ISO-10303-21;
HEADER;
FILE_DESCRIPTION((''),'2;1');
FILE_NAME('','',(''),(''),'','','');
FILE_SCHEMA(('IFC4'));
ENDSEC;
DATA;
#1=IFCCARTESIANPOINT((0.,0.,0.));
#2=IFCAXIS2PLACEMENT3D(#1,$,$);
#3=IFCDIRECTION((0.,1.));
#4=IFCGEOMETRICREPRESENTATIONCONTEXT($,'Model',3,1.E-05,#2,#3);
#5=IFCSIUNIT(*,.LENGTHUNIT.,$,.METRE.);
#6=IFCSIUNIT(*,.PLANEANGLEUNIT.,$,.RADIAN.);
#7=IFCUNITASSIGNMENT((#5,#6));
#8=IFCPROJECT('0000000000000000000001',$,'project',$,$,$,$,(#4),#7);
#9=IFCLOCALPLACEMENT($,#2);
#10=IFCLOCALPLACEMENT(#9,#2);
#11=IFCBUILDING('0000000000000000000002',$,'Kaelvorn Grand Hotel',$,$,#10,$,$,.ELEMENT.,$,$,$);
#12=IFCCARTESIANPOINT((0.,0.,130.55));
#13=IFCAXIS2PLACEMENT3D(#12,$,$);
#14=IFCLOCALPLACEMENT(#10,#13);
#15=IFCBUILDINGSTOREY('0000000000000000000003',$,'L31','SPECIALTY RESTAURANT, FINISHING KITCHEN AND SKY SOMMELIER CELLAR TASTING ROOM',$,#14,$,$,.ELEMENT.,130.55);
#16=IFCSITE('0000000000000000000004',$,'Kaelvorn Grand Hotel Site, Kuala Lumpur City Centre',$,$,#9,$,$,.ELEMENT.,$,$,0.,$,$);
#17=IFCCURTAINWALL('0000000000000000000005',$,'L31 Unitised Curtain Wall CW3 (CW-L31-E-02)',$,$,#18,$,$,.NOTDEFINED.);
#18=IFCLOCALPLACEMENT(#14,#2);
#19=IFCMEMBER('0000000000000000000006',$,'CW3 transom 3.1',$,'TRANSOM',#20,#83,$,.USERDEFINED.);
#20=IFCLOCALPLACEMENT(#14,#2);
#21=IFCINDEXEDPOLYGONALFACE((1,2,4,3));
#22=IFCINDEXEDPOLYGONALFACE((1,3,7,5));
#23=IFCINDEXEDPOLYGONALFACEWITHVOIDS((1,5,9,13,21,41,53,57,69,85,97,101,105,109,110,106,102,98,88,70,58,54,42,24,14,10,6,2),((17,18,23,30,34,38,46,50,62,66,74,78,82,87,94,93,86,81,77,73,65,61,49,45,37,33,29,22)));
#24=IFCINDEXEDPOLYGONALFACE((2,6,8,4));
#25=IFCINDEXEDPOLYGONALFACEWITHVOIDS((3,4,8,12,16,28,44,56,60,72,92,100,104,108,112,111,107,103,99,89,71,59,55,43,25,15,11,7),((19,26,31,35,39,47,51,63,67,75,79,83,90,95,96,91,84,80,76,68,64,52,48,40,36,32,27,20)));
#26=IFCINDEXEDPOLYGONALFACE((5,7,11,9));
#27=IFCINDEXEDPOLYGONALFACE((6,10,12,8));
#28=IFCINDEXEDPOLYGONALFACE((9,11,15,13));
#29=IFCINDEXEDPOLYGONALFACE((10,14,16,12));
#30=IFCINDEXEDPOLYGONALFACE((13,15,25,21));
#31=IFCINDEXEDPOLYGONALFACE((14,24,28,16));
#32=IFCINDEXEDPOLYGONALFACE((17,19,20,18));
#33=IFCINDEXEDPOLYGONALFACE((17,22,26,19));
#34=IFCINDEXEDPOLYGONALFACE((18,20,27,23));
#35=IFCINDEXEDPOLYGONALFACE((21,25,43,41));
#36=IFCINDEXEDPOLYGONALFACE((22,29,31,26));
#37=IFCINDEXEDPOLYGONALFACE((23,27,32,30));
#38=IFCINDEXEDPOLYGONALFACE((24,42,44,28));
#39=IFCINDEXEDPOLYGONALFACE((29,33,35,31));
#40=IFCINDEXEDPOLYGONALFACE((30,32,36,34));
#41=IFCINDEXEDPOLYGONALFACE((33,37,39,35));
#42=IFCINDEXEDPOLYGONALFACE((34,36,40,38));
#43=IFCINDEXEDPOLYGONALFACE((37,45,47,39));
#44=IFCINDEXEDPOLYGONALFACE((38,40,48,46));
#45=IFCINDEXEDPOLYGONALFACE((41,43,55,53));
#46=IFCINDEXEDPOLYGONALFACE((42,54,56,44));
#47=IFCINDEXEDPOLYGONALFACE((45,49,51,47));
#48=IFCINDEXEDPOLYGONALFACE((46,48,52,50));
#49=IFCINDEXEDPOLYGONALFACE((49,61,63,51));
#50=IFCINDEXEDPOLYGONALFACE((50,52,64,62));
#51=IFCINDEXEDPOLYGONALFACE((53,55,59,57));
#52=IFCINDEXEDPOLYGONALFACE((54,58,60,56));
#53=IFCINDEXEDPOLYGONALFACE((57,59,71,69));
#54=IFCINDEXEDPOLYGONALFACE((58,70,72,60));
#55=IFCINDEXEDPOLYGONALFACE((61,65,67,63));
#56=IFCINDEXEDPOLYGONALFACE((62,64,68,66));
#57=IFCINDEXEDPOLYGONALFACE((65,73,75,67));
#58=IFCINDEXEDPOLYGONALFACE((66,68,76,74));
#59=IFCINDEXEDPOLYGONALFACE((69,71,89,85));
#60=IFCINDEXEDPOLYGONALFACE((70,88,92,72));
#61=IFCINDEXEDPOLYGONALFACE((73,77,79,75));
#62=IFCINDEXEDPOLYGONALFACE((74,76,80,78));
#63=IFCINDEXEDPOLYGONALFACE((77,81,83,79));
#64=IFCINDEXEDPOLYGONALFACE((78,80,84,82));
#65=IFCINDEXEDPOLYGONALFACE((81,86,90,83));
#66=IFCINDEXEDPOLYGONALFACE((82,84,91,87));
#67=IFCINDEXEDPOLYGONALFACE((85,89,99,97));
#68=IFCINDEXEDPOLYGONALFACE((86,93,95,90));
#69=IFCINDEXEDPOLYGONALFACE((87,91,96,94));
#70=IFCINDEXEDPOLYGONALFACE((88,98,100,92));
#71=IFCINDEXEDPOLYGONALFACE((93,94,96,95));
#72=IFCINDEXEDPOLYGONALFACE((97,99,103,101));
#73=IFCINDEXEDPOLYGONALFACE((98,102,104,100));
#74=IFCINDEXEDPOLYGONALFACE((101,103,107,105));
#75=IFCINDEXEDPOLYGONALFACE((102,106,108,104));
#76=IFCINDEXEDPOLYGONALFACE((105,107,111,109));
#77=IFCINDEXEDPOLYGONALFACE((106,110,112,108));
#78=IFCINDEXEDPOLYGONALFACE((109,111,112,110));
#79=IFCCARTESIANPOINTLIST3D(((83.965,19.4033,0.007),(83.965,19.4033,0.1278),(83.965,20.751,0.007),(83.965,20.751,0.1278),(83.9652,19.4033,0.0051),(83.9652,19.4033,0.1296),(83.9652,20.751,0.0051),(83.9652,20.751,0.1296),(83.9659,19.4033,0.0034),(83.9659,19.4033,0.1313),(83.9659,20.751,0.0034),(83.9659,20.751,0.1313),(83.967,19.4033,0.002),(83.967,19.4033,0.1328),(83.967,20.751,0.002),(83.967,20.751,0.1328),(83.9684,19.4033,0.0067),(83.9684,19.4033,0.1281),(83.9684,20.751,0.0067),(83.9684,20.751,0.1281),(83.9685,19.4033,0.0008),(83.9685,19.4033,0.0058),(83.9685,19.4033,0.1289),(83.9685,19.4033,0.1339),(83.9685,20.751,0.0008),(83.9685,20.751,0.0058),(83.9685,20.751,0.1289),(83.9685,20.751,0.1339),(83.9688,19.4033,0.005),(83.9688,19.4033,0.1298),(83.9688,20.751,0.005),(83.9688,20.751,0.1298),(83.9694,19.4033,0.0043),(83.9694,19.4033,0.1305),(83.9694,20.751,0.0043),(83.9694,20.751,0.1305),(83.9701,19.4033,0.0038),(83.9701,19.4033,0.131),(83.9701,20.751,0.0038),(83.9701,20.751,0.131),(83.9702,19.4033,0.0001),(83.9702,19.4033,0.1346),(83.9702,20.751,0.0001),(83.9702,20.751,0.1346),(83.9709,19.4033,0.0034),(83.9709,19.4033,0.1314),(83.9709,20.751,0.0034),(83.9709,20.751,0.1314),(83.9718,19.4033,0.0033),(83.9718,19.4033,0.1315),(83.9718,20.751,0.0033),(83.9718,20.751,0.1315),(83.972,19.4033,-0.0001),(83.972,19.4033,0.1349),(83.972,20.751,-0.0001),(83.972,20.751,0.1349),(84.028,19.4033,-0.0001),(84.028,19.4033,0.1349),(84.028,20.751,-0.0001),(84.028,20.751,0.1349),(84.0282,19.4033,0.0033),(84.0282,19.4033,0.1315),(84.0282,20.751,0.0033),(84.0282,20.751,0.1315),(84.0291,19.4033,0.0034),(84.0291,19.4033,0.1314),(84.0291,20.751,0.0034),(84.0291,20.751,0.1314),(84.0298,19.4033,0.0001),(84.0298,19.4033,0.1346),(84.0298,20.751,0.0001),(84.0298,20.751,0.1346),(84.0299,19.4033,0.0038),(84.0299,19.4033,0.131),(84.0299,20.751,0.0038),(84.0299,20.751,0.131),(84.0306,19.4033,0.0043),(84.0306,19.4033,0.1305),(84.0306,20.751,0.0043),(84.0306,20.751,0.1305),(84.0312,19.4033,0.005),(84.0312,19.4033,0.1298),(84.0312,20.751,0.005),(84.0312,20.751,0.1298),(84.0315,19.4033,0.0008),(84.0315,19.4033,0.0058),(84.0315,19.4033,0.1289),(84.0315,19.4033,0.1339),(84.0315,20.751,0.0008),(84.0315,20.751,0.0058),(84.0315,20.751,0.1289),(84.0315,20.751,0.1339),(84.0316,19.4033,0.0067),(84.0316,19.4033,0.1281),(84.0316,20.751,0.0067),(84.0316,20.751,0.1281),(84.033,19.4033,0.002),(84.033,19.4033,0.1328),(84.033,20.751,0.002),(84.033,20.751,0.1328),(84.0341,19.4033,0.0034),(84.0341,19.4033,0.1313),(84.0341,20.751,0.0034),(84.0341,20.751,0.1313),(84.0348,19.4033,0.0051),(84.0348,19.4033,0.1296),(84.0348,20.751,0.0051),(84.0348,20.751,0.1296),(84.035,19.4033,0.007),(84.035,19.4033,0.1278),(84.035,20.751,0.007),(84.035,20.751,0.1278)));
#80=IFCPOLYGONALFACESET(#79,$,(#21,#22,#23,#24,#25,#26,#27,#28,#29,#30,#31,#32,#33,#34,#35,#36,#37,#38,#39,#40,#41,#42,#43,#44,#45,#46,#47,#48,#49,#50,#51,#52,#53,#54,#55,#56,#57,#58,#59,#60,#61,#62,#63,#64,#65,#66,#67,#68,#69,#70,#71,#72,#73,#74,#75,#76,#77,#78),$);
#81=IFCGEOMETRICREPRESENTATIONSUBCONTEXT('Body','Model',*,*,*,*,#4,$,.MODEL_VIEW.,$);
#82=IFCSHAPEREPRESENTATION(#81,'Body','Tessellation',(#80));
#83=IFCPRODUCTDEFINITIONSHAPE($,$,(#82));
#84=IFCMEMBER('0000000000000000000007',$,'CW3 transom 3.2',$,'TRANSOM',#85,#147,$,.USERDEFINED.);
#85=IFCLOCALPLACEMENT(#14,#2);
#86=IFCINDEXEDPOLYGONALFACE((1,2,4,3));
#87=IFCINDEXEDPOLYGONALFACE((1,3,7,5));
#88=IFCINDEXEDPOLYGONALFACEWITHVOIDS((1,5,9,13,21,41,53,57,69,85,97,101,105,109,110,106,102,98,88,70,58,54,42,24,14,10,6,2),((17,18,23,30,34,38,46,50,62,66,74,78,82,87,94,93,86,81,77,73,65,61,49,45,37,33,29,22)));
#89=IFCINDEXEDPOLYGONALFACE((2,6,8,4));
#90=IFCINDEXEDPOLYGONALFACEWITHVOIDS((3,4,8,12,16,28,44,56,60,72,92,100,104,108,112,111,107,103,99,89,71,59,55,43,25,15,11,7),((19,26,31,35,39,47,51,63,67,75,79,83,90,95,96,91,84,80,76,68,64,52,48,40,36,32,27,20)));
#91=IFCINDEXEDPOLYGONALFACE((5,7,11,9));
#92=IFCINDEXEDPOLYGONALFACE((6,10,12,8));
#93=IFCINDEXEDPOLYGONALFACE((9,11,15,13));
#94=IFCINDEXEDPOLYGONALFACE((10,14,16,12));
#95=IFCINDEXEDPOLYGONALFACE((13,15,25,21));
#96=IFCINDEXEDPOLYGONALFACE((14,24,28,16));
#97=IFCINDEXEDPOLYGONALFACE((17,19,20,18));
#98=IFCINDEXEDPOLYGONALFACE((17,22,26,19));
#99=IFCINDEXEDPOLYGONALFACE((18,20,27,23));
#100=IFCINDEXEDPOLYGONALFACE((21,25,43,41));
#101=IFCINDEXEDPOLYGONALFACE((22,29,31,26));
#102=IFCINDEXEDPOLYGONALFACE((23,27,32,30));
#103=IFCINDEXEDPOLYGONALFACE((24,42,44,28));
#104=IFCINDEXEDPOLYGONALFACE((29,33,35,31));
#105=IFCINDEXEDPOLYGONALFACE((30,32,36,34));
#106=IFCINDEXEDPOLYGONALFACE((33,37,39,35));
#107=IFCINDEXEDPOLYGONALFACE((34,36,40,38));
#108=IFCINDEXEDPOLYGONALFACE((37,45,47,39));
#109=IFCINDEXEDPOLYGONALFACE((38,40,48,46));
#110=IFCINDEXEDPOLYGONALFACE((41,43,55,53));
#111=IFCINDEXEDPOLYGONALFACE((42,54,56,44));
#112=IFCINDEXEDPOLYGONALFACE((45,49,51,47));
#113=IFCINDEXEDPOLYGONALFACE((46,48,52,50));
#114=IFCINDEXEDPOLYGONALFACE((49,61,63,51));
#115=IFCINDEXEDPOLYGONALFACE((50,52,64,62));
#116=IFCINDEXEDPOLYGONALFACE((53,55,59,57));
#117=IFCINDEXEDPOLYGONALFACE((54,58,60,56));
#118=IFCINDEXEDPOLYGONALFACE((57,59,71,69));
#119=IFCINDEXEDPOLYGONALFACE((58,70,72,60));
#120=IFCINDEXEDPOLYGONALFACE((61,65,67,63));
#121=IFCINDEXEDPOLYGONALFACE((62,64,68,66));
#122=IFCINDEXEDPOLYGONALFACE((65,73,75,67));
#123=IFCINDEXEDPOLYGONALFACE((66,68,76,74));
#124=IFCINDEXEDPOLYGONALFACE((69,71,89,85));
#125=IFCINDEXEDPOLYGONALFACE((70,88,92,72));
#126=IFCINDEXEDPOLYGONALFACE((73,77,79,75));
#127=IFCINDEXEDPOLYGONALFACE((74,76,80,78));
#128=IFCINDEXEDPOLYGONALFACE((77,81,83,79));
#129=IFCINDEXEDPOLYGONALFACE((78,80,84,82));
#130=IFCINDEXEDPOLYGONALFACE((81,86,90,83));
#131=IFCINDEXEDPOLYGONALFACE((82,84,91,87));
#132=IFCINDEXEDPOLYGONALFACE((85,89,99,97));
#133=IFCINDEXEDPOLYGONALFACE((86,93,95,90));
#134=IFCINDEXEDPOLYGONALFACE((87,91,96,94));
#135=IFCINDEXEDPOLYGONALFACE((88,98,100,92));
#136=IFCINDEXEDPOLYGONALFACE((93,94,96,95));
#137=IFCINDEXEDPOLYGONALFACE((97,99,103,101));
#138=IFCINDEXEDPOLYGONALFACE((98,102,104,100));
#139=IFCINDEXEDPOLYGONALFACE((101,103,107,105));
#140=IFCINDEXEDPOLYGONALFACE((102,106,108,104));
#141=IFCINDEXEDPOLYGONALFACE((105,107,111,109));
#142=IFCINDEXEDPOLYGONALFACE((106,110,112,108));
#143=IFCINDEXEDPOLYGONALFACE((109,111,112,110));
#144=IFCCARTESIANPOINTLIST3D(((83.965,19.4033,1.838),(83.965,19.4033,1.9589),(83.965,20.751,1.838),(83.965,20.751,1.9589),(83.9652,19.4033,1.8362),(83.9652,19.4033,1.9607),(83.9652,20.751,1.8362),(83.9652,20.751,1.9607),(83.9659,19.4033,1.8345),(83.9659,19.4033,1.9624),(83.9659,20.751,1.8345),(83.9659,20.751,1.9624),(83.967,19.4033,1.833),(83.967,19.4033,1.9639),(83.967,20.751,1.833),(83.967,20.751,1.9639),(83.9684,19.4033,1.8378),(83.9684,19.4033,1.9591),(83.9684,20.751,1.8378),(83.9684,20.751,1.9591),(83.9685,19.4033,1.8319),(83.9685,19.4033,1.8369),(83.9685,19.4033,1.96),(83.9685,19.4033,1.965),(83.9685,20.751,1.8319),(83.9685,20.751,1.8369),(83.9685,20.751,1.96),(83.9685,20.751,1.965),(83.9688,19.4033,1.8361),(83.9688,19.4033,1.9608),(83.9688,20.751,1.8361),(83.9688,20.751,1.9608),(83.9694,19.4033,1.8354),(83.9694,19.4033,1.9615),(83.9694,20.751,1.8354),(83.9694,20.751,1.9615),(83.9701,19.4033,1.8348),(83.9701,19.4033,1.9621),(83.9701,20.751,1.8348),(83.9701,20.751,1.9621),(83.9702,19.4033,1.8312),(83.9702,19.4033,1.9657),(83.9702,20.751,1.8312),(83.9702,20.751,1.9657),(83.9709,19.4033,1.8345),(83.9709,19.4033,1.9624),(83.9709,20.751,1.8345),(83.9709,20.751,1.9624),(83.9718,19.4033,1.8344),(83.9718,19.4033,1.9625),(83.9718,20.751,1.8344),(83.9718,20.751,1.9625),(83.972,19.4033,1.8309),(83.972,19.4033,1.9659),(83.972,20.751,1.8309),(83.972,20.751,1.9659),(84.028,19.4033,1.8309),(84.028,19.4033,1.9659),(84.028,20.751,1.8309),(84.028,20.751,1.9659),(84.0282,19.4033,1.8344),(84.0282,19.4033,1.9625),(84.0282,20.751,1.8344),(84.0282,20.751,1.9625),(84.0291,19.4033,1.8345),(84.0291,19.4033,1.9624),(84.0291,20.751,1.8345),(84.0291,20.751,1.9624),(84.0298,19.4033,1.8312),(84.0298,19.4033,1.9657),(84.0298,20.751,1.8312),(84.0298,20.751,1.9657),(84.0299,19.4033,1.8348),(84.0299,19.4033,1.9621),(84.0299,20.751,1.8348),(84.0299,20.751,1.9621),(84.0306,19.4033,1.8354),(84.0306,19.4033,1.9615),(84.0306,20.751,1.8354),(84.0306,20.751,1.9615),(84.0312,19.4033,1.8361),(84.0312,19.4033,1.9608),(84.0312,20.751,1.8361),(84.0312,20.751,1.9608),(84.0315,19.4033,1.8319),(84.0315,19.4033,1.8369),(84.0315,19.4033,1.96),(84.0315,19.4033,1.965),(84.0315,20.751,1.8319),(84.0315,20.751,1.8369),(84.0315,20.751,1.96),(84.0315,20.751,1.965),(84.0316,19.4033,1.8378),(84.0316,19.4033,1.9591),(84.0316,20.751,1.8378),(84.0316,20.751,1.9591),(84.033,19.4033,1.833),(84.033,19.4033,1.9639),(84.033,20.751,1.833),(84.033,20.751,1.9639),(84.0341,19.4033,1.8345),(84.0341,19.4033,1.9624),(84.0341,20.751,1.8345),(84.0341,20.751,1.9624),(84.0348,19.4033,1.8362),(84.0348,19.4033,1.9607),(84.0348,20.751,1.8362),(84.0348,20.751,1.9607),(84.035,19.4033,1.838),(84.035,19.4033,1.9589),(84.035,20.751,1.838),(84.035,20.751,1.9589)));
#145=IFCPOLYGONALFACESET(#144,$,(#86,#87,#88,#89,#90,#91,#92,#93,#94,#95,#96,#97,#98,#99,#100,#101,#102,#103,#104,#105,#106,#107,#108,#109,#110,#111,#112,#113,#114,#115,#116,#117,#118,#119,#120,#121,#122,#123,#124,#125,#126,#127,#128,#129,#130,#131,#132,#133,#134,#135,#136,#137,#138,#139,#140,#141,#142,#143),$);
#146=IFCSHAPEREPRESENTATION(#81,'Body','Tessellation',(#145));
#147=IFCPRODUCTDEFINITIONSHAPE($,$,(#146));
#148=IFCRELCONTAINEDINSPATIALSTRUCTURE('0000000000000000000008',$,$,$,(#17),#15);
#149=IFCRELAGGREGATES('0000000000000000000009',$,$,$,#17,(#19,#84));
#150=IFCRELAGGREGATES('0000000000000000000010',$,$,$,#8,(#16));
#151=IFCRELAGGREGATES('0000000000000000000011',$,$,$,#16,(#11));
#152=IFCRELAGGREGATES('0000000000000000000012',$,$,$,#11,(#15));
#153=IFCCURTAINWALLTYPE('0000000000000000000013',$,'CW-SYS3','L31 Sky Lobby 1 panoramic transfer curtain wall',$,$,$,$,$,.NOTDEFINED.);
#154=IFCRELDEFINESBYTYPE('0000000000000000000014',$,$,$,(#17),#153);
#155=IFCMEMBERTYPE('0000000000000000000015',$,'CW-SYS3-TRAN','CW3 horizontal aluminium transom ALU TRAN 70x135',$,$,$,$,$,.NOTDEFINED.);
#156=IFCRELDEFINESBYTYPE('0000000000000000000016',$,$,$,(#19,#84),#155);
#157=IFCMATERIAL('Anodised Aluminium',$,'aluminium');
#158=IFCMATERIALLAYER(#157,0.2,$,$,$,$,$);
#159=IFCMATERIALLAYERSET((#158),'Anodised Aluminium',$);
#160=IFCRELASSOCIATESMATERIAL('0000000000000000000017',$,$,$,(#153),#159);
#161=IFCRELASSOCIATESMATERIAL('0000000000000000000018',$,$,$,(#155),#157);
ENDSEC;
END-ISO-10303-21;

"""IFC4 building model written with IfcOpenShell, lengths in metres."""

from ifc_helpers import new_model, si_unit, direction, frame, origin, origin_2d, place, context, subcontext, project, spatial, hollow_rectangle, extrude, material, layer, layer_set, material_profile, profile_set, type_object, element, aggregate, save


model = new_model("IFC4")

# Units and contexts
model_context = context("Model", 3, precision=1e-05, world=origin(), true_north=direction((0.0, 1.0)))
body_context = subcontext(model_context, "Body", "Model", "MODEL_VIEW")
ifc_project = project(units=[si_unit("LENGTHUNIT", "METRE"), si_unit("PLANEANGLEUNIT", "RADIAN")], contexts=[model_context])

# Site, building, storey
site_placement = place(None, origin())
site = spatial("IfcSite", under=ifc_project, at=site_placement, Name="Kaelvorn Grand Hotel Site, Kuala Lumpur City Centre", CompositionType="ELEMENT", RefElevation=0.0)
building_placement = place(site_placement, origin())
building = spatial("IfcBuilding", under=site, at=building_placement, Name="Kaelvorn Grand Hotel", CompositionType="ELEMENT")
storey_placement = place(building_placement, frame((0.0, 0.0, 130.55)))
storey = spatial("IfcBuildingStorey", under=building, at=storey_placement, Name="L31", Description="SPECIALTY RESTAURANT, FINISHING KITCHEN AND SKY SOMMELIER CELLAR TASTING ROOM", CompositionType="ELEMENT", Elevation=130.55)

# Shared definitions
ifc_material_1 = material(Name="Anodised Aluminium", Category="aluminium")
ifc_layer_1 = layer(ifc_material_1, 0.2)
ifc_layer_set_1 = layer_set([ifc_layer_1], Name="Anodised Aluminium")
curtain_wall_type = type_object("IfcCurtainWallType", Name="CW-SYS3", Description="L31 Sky Lobby 1 panoramic transfer curtain wall", PredefinedType="NOTDEFINED", material=ifc_layer_set_1)

# Curtain wall, members
curtain_wall_1_placement = place(storey_placement, origin())
curtain_wall_1 = element("IfcCurtainWall", 1, at=curtain_wall_1_placement, inside=storey, type_object=curtain_wall_type, Name="L31 Unitised Curtain Wall CW3 (CW-L31-E-02)", PredefinedType="NOTDEFINED")
ifc_material_profile_1 = material_profile(ifc_material_1, hollow_rectangle(XDim=0.0701, YDim=0.135, WallThickness=0.0034, InnerFilletRadius=0.0034, OuterFilletRadius=0.0071, at=origin_2d()), Name="ALU TRAN 70x135")
ifc_profile_set_1 = profile_set([ifc_material_profile_1], Name="Anodised Aluminium")
member_type_1 = type_object("IfcMemberType", Name="CW-SYS3-TRAN", Description="CW3 horizontal aluminium transom ALU TRAN 70x135", PredefinedType="NOTDEFINED", material=ifc_profile_set_1)
member_1_placement = place(storey_placement, frame((84.0, 19.4033, 0.0674), z_axis=(0.0, 1.0, 0.0), x_axis=(-1.0, 0.0, 0.0)))
member_1 = element("IfcMember", 2, at=member_1_placement, type_object=member_type_1, Name="CW3 transom 3.1", ObjectType="TRANSOM", PredefinedType="USERDEFINED", context=body_context, shape_type="SweptSolid", body=[
    extrude(hollow_rectangle(XDim=0.0701, YDim=0.135, WallThickness=0.0034, InnerFilletRadius=0.0034, OuterFilletRadius=0.0071, at=origin_2d()), origin(), (0.0, 0.0, 1.0), 1.3477),
])
member_2_placement = place(storey_placement, frame((84.0, 19.4033, 1.8984), z_axis=(0.0, 1.0, 0.0), x_axis=(-1.0, 0.0, 0.0)))
member_2 = element("IfcMember", 3, at=member_2_placement, type_object=member_type_1, Name="CW3 transom 3.2", ObjectType="TRANSOM", PredefinedType="USERDEFINED", context=body_context, shape_type="SweptSolid", body=[
    extrude(hollow_rectangle(XDim=0.0701, YDim=0.135, WallThickness=0.0034, InnerFilletRadius=0.0034, OuterFilletRadius=0.0071, at=origin_2d()), origin(), (0.0, 0.0, 1.0), 1.3477),
])

aggregate(curtain_wall_1, [member_1, member_2])

save(model, "model.ifc")
